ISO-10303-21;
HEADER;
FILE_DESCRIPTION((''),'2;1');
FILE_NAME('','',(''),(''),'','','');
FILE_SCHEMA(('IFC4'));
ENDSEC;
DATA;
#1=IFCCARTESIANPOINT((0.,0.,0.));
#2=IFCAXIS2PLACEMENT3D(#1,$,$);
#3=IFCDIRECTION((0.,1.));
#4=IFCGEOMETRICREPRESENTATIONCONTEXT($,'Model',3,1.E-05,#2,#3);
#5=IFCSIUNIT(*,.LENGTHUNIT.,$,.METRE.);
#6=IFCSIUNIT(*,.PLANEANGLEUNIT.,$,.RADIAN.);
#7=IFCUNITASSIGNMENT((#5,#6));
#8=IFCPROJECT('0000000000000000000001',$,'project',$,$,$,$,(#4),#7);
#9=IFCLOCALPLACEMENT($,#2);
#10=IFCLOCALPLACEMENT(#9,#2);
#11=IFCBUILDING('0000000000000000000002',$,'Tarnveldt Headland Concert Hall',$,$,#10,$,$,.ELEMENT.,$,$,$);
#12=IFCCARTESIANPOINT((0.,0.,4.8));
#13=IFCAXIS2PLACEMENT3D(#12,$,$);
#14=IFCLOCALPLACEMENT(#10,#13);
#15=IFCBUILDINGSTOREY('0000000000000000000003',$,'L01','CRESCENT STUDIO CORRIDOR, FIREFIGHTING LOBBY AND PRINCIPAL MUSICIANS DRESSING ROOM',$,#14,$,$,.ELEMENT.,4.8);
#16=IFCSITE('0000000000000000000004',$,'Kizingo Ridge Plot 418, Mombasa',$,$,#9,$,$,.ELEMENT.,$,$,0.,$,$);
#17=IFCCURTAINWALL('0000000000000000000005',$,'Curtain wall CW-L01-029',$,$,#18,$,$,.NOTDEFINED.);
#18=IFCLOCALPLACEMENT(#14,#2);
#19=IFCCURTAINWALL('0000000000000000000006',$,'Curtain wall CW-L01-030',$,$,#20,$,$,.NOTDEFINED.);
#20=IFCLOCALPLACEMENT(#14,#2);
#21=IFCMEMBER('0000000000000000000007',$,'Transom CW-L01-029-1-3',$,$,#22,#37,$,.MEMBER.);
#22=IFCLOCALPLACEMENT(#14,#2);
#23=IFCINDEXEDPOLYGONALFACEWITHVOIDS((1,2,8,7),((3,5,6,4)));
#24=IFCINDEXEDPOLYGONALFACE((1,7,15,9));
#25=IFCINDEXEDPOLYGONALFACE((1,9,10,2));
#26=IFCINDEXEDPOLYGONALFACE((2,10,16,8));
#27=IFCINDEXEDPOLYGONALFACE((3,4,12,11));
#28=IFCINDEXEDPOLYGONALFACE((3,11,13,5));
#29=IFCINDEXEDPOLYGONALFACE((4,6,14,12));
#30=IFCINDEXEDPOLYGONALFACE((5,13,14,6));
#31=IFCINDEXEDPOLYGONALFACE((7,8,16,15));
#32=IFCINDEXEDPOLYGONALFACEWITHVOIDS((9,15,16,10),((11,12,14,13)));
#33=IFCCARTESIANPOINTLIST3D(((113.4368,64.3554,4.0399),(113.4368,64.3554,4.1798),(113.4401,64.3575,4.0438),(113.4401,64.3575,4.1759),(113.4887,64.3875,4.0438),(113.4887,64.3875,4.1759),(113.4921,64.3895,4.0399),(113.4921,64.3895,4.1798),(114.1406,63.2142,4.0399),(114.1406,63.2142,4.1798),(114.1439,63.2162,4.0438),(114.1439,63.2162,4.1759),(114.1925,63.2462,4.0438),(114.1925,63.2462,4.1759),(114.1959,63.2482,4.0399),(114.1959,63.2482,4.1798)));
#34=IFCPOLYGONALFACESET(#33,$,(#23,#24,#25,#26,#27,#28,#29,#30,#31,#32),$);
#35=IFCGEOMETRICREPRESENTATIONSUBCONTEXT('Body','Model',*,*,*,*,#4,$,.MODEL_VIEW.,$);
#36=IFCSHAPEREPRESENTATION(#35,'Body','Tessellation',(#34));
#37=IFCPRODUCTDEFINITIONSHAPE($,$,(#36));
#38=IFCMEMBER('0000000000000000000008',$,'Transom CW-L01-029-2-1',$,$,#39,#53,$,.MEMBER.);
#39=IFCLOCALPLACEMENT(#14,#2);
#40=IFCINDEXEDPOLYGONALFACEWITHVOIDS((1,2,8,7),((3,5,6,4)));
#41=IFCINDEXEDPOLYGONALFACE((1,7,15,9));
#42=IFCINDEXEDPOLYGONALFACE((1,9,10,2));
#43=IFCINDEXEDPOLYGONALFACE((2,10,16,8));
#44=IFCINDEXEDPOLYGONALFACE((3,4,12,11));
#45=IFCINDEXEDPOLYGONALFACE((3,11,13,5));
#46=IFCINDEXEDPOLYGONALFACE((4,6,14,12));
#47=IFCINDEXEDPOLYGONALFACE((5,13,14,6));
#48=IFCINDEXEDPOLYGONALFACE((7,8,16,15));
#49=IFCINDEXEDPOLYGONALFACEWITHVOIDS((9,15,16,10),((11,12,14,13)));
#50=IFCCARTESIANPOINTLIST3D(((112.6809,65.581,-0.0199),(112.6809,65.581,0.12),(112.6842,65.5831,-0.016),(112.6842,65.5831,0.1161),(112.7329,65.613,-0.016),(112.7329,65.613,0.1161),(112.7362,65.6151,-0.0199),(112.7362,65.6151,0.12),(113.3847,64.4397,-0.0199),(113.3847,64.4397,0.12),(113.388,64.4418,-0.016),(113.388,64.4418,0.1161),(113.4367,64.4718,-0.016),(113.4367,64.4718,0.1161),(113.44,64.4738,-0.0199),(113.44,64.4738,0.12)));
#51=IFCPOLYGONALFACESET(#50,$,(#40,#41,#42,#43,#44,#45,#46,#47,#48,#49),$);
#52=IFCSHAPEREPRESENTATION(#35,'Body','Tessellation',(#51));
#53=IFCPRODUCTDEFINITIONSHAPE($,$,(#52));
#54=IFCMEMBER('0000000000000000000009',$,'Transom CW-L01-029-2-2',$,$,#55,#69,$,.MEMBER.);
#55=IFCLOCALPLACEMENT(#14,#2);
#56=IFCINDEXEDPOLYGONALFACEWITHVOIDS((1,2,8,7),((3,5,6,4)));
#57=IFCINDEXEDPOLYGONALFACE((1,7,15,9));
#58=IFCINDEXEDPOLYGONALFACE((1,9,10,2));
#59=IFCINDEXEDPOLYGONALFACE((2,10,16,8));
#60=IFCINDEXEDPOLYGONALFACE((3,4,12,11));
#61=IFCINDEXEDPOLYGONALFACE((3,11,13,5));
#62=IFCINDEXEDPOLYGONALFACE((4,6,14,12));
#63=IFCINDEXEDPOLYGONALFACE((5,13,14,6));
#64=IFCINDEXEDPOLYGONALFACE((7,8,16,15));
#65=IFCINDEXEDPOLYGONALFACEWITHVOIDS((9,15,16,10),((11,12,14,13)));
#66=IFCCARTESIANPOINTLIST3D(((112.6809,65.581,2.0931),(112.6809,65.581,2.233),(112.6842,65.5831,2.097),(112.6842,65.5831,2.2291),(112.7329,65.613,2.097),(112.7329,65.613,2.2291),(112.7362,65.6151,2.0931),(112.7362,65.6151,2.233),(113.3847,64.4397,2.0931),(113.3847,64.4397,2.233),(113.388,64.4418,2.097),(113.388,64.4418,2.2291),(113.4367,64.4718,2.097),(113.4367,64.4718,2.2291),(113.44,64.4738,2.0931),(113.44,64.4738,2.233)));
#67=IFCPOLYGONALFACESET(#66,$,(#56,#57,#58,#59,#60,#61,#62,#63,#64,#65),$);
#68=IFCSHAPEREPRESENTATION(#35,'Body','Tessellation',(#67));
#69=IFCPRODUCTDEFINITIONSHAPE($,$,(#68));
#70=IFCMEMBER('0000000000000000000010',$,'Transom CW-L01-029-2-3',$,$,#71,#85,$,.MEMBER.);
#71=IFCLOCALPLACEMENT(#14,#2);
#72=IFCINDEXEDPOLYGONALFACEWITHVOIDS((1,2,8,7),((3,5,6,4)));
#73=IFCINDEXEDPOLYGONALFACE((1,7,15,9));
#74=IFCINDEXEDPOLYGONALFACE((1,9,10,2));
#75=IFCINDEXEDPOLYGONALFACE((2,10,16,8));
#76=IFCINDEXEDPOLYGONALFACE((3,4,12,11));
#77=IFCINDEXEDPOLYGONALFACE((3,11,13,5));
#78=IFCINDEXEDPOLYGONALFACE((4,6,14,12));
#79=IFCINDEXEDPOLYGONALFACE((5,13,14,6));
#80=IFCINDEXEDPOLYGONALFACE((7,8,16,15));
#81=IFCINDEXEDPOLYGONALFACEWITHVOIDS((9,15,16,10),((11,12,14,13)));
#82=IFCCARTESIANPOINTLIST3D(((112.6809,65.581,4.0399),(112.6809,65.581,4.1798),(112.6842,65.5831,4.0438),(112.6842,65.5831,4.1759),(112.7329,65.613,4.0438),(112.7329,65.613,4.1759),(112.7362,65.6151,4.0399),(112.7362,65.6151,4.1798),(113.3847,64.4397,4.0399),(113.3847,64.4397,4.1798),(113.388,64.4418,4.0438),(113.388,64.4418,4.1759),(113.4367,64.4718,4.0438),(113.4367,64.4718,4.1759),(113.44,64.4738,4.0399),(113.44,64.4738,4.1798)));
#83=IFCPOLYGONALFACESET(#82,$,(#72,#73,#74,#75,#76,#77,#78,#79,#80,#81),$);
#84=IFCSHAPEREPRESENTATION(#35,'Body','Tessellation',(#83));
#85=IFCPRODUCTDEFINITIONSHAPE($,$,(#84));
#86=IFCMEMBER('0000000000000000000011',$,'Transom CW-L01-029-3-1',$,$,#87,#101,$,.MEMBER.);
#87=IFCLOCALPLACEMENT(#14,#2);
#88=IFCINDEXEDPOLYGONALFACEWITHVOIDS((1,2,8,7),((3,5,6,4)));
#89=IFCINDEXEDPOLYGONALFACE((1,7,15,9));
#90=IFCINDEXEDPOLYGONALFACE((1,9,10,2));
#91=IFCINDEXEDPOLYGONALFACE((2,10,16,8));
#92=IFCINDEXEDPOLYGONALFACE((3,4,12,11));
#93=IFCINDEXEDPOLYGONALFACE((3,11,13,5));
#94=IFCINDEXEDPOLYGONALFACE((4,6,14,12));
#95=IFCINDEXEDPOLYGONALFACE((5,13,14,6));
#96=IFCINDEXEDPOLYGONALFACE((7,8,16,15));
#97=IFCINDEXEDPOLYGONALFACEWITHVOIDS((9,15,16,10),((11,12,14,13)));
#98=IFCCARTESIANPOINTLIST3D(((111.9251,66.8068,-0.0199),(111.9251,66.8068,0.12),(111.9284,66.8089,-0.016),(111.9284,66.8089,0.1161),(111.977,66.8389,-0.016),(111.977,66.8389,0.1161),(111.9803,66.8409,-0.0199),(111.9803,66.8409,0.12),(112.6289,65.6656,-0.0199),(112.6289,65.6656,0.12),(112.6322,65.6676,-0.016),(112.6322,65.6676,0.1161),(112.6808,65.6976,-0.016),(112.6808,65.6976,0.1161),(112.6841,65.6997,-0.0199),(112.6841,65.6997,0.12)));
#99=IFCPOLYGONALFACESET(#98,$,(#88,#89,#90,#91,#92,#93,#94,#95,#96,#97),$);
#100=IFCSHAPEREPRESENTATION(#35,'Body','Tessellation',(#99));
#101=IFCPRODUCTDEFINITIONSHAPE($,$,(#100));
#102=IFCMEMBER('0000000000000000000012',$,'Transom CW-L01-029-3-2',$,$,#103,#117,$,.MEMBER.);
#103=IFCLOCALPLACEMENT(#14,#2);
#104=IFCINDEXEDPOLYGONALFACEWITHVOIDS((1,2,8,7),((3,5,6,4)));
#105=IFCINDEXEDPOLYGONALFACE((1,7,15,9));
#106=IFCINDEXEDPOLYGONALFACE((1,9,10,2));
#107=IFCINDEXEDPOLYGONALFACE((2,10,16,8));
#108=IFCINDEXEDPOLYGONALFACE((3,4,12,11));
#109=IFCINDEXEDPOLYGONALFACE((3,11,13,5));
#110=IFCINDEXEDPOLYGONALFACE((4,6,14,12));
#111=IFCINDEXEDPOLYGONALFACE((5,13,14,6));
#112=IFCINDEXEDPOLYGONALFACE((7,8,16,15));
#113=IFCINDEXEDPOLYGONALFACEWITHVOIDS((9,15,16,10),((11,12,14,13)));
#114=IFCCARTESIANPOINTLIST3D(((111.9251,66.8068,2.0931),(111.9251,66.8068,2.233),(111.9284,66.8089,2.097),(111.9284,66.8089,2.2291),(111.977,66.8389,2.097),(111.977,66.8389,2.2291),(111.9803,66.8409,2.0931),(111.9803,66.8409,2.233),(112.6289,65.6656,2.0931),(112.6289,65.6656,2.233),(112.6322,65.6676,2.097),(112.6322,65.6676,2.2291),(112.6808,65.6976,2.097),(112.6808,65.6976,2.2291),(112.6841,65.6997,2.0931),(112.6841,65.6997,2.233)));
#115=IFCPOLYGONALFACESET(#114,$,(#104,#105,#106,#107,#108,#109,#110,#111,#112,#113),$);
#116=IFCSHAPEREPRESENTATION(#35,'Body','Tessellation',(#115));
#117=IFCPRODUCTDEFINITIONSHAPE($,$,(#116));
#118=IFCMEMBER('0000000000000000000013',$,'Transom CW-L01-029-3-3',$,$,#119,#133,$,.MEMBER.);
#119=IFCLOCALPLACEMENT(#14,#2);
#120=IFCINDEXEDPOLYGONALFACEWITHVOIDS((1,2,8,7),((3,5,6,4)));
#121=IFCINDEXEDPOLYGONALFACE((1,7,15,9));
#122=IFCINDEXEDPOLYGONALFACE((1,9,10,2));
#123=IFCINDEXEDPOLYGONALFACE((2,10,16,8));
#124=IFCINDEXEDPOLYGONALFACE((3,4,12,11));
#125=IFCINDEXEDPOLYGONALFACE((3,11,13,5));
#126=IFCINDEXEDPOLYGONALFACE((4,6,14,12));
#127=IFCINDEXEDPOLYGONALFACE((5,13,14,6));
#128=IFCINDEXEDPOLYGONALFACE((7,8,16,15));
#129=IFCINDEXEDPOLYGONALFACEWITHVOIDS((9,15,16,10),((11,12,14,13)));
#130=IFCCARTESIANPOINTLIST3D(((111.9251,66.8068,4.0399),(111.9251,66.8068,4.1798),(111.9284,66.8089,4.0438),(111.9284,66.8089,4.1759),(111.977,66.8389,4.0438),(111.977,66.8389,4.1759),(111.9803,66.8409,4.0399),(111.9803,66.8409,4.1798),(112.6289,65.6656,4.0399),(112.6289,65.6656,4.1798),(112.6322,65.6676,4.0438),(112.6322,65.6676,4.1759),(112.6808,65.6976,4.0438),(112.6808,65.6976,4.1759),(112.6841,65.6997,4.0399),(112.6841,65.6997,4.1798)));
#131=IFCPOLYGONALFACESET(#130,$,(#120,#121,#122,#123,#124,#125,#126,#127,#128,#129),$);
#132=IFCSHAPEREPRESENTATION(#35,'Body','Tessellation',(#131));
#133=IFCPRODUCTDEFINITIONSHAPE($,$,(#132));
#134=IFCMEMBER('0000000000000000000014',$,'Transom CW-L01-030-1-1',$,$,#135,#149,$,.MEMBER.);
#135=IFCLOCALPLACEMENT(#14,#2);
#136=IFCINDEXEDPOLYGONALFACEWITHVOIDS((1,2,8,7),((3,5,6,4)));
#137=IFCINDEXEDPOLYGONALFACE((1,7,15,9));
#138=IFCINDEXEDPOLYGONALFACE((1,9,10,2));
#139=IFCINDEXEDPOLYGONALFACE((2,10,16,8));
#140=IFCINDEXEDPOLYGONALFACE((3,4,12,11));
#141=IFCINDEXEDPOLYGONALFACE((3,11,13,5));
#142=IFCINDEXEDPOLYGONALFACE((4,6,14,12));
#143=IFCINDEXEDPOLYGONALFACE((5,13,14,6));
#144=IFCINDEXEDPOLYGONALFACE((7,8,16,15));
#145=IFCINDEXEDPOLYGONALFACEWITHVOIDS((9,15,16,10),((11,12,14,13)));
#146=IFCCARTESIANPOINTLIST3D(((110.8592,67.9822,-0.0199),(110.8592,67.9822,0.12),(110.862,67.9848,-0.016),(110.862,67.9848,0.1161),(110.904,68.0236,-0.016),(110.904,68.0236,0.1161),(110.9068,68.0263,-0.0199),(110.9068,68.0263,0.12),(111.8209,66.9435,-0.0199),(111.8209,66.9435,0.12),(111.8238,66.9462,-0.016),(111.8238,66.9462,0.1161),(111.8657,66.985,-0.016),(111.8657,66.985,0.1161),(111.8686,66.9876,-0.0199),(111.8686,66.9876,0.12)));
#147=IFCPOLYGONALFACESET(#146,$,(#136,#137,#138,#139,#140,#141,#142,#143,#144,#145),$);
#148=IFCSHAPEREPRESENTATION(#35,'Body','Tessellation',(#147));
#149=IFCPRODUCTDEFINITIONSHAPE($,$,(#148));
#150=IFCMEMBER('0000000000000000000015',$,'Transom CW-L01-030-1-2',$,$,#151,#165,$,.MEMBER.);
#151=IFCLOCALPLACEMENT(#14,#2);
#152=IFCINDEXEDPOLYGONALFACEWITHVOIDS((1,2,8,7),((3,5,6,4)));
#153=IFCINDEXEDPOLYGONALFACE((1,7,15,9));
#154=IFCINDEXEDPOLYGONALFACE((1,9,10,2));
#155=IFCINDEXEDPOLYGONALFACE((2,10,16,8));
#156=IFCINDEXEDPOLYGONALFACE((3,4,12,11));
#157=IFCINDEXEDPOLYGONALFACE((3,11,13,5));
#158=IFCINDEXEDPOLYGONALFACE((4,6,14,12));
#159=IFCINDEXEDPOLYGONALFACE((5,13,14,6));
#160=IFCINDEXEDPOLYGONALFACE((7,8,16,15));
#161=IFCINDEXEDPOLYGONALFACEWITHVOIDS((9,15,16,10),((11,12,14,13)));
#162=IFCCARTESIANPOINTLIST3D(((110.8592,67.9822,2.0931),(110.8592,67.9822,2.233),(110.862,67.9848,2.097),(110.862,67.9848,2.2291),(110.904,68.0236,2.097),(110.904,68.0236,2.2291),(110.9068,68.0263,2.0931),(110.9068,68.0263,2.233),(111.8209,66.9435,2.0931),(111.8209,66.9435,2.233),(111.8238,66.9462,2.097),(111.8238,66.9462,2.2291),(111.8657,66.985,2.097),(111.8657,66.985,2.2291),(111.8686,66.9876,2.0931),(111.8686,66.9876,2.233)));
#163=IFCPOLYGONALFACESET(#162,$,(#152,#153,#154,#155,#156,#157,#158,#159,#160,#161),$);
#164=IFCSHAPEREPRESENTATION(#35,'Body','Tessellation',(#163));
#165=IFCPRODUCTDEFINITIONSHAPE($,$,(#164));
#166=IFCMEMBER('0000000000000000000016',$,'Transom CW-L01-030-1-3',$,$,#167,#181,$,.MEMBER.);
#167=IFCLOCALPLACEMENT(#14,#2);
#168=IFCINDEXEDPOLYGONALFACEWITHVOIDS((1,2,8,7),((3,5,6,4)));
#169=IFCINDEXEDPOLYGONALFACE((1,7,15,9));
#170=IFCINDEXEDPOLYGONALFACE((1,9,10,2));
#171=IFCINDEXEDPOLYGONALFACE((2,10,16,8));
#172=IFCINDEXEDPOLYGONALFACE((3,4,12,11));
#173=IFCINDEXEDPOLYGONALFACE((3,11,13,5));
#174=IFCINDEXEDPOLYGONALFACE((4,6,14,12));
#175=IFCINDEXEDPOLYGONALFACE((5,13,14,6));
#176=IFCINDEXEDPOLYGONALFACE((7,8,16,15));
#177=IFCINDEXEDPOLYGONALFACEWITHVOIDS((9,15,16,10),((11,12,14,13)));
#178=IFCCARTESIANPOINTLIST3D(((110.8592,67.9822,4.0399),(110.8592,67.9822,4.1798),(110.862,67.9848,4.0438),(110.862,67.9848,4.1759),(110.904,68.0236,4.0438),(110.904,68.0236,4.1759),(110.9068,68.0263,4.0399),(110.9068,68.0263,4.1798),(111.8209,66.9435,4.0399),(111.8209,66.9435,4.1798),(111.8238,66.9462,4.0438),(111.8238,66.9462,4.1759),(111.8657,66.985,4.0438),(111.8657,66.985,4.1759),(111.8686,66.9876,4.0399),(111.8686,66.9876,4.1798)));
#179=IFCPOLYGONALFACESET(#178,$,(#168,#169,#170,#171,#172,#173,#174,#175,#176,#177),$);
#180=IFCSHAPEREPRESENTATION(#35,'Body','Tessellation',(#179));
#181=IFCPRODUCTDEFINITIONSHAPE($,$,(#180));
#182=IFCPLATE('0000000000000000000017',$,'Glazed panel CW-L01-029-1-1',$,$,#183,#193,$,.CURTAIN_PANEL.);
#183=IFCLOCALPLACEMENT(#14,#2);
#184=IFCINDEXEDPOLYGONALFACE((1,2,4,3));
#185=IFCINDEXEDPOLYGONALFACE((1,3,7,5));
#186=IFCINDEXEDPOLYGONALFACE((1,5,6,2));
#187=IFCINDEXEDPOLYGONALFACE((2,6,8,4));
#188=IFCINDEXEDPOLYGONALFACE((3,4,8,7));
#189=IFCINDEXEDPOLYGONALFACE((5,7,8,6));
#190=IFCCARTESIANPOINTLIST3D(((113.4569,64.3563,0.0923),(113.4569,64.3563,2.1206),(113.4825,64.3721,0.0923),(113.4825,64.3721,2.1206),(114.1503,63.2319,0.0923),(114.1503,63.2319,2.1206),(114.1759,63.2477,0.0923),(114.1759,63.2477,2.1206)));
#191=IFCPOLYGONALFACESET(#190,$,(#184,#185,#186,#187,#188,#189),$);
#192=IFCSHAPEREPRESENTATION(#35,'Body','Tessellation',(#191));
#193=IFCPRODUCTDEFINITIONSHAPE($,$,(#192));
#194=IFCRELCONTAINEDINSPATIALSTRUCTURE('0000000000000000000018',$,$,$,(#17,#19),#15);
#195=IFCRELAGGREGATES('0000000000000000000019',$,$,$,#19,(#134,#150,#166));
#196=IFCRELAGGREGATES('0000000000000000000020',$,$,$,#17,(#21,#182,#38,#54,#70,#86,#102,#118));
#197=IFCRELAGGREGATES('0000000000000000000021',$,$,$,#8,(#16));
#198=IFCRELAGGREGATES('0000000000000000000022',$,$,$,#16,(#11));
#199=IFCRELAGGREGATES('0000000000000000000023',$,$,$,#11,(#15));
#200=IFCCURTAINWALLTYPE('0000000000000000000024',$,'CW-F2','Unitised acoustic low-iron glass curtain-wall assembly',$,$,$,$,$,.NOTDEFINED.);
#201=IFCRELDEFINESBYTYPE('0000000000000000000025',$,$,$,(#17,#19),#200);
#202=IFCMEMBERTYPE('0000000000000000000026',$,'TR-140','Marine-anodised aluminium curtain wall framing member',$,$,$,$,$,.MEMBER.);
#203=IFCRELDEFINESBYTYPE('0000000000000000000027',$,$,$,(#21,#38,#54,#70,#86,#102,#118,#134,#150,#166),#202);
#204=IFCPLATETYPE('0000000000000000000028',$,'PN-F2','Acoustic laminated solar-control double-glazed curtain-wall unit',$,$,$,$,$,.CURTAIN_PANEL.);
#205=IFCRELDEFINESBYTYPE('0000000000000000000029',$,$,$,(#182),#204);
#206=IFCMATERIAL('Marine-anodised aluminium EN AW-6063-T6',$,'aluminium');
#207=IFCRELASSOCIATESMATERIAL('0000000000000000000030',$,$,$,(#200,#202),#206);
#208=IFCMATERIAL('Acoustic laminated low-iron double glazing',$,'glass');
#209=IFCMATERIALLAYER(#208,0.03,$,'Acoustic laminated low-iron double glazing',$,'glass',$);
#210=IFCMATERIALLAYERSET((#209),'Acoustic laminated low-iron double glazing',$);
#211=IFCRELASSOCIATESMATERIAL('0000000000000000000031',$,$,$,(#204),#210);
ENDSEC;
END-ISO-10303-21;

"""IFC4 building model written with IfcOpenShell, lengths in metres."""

from ifc_helpers import new_model, si_unit, direction, frame, origin, origin_2d, place, context, subcontext, project, spatial, rectangle, hollow_rectangle, extrude, material, layer, layer_set, material_profile, profile_set, type_object, element, aggregate, save


model = new_model("IFC4")

# Units and contexts
model_context = context("Model", 3, precision=1e-05, world=origin(), true_north=direction((0.0, 1.0)))
body_context = subcontext(model_context, "Body", "Model", "MODEL_VIEW")
ifc_project = project(units=[si_unit("LENGTHUNIT", "METRE"), si_unit("PLANEANGLEUNIT", "RADIAN")], contexts=[model_context])

# Site, building, storey
site_placement = place(None, origin())
site = spatial("IfcSite", under=ifc_project, at=site_placement, Name="Kizingo Ridge Plot 418, Mombasa", CompositionType="ELEMENT", RefElevation=0.0)
building_placement = place(site_placement, origin())
building = spatial("IfcBuilding", under=site, at=building_placement, Name="Tarnveldt Headland Concert Hall", CompositionType="ELEMENT")
storey_placement = place(building_placement, frame((0.0, 0.0, 4.8)))
storey = spatial("IfcBuildingStorey", under=building, at=storey_placement, Name="L01", Description="CRESCENT STUDIO CORRIDOR, FIREFIGHTING LOBBY AND PRINCIPAL MUSICIANS DRESSING ROOM", CompositionType="ELEMENT", Elevation=4.8)

# Shared definitions
ifc_material_1 = material(Name="Marine-anodised aluminium EN AW-6063-T6", Category="aluminium")
curtain_wall_type_1 = type_object("IfcCurtainWallType", Name="CW-F2", Description="Unitised acoustic low-iron glass curtain-wall assembly", PredefinedType="NOTDEFINED", material=ifc_material_1)

# Curtain wall
curtain_wall_1_placement = place(storey_placement, origin())
curtain_wall_1 = element("IfcCurtainWall", 1, at=curtain_wall_1_placement, inside=storey, type_object=curtain_wall_type_1, Name="Curtain wall CW-L01-029", PredefinedType="NOTDEFINED")

# Curtain wall
curtain_wall_2_placement = place(storey_placement, origin())
curtain_wall_2 = element("IfcCurtainWall", 2, at=curtain_wall_2_placement, inside=storey, type_object=curtain_wall_type_1, Name="Curtain wall CW-L01-030", PredefinedType="NOTDEFINED")

# Members
ifc_material_profile_1 = material_profile(ifc_material_1, hollow_rectangle(XDim=0.0649, YDim=0.1399, WallThickness=0.0039, at=origin_2d()), Name="ALU TRANSOM 65x140x4", Category="aluminium")
ifc_profile_set_1 = profile_set([ifc_material_profile_1], Name="Marine-anodised aluminium EN AW-6063-T6")
member_type_1 = type_object("IfcMemberType", Name="TR-140", Description="Marine-anodised aluminium curtain wall framing member", PredefinedType="MEMBER", material=ifc_profile_set_1)
member_1_placement = place(storey_placement, frame((114.1682, 63.2312, 4.1099), z_axis=(-0.5249, 0.851164, 0.0), x_axis=(-0.851164, -0.5249, 0.0)))
member_1 = element("IfcMember", 3, at=member_1_placement, type_object=member_type_1, Name="Transom CW-L01-029-1-3", PredefinedType="MEMBER", context=body_context, shape_type="SweptSolid", body=[
    extrude(hollow_rectangle(XDim=0.0649, YDim=0.1399, WallThickness=0.0039, at=origin_2d()), origin(), (0.0, 0.0, 1.0), 1.3408),
])
member_2_placement = place(storey_placement, frame((113.4124, 64.4568, 0.05), z_axis=(-0.5249, 0.851164, 0.0), x_axis=(-0.851164, -0.5249, 0.0)))
member_2 = element("IfcMember", 4, at=member_2_placement, type_object=member_type_1, Name="Transom CW-L01-029-2-1", PredefinedType="MEMBER", context=body_context, shape_type="SweptSolid", body=[
    extrude(hollow_rectangle(XDim=0.0649, YDim=0.1399, WallThickness=0.0039, at=origin_2d()), origin(), (0.0, 0.0, 1.0), 1.3408),
])
member_3_placement = place(storey_placement, frame((113.4124, 64.4568, 2.1631), z_axis=(-0.5249, 0.851164, 0.0), x_axis=(-0.851164, -0.5249, 0.0)))
member_3 = element("IfcMember", 5, at=member_3_placement, type_object=member_type_1, Name="Transom CW-L01-029-2-2", PredefinedType="MEMBER", context=body_context, shape_type="SweptSolid", body=[
    extrude(hollow_rectangle(XDim=0.0649, YDim=0.1399, WallThickness=0.0039, at=origin_2d()), origin(), (0.0, 0.0, 1.0), 1.3408),
])
member_4_placement = place(storey_placement, frame((113.4124, 64.4568, 4.1099), z_axis=(-0.5249, 0.851164, 0.0), x_axis=(-0.851164, -0.5249, 0.0)))
member_4 = element("IfcMember", 6, at=member_4_placement, type_object=member_type_1, Name="Transom CW-L01-029-2-3", PredefinedType="MEMBER", context=body_context, shape_type="SweptSolid", body=[
    extrude(hollow_rectangle(XDim=0.0649, YDim=0.1399, WallThickness=0.0039, at=origin_2d()), origin(), (0.0, 0.0, 1.0), 1.3408),
])
member_5_placement = place(storey_placement, frame((112.6565, 65.6826, 0.05), z_axis=(-0.5249, 0.851164, 0.0), x_axis=(-0.851164, -0.5249, 0.0)))
member_5 = element("IfcMember", 7, at=member_5_placement, type_object=member_type_1, Name="Transom CW-L01-029-3-1", PredefinedType="MEMBER", context=body_context, shape_type="SweptSolid", body=[
    extrude(hollow_rectangle(XDim=0.0649, YDim=0.1399, WallThickness=0.0039, at=origin_2d()), origin(), (0.0, 0.0, 1.0), 1.3408),
])
member_6_placement = place(storey_placement, frame((112.6565, 65.6826, 2.1631), z_axis=(-0.5249, 0.851164, 0.0), x_axis=(-0.851164, -0.5249, 0.0)))
member_6 = element("IfcMember", 8, at=member_6_placement, type_object=member_type_1, Name="Transom CW-L01-029-3-2", PredefinedType="MEMBER", context=body_context, shape_type="SweptSolid", body=[
    extrude(hollow_rectangle(XDim=0.0649, YDim=0.1399, WallThickness=0.0039, at=origin_2d()), origin(), (0.0, 0.0, 1.0), 1.3408),
])
member_7_placement = place(storey_placement, frame((112.6565, 65.6826, 4.1099), z_axis=(-0.5249, 0.851164, 0.0), x_axis=(-0.851164, -0.5249, 0.0)))
member_7 = element("IfcMember", 9, at=member_7_placement, type_object=member_type_1, Name="Transom CW-L01-029-3-3", PredefinedType="MEMBER", context=body_context, shape_type="SweptSolid", body=[
    extrude(hollow_rectangle(XDim=0.0649, YDim=0.1399, WallThickness=0.0039, at=origin_2d()), origin(), (0.0, 0.0, 1.0), 1.3408),
])
member_8_placement = place(storey_placement, frame((111.8447, 66.9656, 0.05), z_axis=(-0.679418, 0.733751, 0.0), x_axis=(-0.733751, -0.679418, 0.0)))
member_8 = element("IfcMember", 10, at=member_8_placement, type_object=member_type_1, Name="Transom CW-L01-030-1-1", PredefinedType="MEMBER", context=body_context, shape_type="SweptSolid", body=[
    extrude(hollow_rectangle(XDim=0.0649, YDim=0.1399, WallThickness=0.0039, at=origin_2d()), origin(), (0.0, 0.0, 1.0), 1.4155),
])
member_9_placement = place(storey_placement, frame((111.8447, 66.9656, 2.1631), z_axis=(-0.679418, 0.733751, 0.0), x_axis=(-0.733751, -0.679418, 0.0)))
member_9 = element("IfcMember", 11, at=member_9_placement, type_object=member_type_1, Name="Transom CW-L01-030-1-2", PredefinedType="MEMBER", context=body_context, shape_type="SweptSolid", body=[
    extrude(hollow_rectangle(XDim=0.0649, YDim=0.1399, WallThickness=0.0039, at=origin_2d()), origin(), (0.0, 0.0, 1.0), 1.4155),
])
member_10_placement = place(storey_placement, frame((111.8447, 66.9656, 4.1099), z_axis=(-0.679418, 0.733751, 0.0), x_axis=(-0.733751, -0.679418, 0.0)))
member_10 = element("IfcMember", 12, at=member_10_placement, type_object=member_type_1, Name="Transom CW-L01-030-1-3", PredefinedType="MEMBER", context=body_context, shape_type="SweptSolid", body=[
    extrude(hollow_rectangle(XDim=0.0649, YDim=0.1399, WallThickness=0.0039, at=origin_2d()), origin(), (0.0, 0.0, 1.0), 1.4155),
])
aggregate(curtain_wall_2, [member_8, member_9, member_10])

# Plate
ifc_material_2 = material(Name="Acoustic laminated low-iron double glazing", Category="glass")
ifc_layer_1 = layer(ifc_material_2, 0.03, Name="Acoustic laminated low-iron double glazing", Category="glass")
ifc_layer_set_1 = layer_set([ifc_layer_1], Name="Acoustic laminated low-iron double glazing")
plate_type = type_object("IfcPlateType", Name="PN-F2", Description="Acoustic laminated solar-control double-glazed curtain-wall unit", PredefinedType="CURTAIN_PANEL", material=ifc_layer_set_1)
plate_1_placement = place(storey_placement, frame((113.8164, 63.802, 0.0923), z_axis=(0.0, 0.0, 1.0), x_axis=(-0.524922, 0.85115, 0.0)))
plate_1 = element("IfcPlate", 13, at=plate_1_placement, type_object=plate_type, Name="Glazed panel CW-L01-029-1-1", PredefinedType="CURTAIN_PANEL", context=body_context, shape_type="SweptSolid", body=[
    extrude(rectangle(XDim=1.321, YDim=0.03, at=origin_2d()), origin(), (0.0, 0.0, 1.0), 2.0283),
])
aggregate(curtain_wall_1, [member_1, plate_1, member_2, member_3, member_4, member_5, member_6, member_7])

save(model, "model.ifc")
